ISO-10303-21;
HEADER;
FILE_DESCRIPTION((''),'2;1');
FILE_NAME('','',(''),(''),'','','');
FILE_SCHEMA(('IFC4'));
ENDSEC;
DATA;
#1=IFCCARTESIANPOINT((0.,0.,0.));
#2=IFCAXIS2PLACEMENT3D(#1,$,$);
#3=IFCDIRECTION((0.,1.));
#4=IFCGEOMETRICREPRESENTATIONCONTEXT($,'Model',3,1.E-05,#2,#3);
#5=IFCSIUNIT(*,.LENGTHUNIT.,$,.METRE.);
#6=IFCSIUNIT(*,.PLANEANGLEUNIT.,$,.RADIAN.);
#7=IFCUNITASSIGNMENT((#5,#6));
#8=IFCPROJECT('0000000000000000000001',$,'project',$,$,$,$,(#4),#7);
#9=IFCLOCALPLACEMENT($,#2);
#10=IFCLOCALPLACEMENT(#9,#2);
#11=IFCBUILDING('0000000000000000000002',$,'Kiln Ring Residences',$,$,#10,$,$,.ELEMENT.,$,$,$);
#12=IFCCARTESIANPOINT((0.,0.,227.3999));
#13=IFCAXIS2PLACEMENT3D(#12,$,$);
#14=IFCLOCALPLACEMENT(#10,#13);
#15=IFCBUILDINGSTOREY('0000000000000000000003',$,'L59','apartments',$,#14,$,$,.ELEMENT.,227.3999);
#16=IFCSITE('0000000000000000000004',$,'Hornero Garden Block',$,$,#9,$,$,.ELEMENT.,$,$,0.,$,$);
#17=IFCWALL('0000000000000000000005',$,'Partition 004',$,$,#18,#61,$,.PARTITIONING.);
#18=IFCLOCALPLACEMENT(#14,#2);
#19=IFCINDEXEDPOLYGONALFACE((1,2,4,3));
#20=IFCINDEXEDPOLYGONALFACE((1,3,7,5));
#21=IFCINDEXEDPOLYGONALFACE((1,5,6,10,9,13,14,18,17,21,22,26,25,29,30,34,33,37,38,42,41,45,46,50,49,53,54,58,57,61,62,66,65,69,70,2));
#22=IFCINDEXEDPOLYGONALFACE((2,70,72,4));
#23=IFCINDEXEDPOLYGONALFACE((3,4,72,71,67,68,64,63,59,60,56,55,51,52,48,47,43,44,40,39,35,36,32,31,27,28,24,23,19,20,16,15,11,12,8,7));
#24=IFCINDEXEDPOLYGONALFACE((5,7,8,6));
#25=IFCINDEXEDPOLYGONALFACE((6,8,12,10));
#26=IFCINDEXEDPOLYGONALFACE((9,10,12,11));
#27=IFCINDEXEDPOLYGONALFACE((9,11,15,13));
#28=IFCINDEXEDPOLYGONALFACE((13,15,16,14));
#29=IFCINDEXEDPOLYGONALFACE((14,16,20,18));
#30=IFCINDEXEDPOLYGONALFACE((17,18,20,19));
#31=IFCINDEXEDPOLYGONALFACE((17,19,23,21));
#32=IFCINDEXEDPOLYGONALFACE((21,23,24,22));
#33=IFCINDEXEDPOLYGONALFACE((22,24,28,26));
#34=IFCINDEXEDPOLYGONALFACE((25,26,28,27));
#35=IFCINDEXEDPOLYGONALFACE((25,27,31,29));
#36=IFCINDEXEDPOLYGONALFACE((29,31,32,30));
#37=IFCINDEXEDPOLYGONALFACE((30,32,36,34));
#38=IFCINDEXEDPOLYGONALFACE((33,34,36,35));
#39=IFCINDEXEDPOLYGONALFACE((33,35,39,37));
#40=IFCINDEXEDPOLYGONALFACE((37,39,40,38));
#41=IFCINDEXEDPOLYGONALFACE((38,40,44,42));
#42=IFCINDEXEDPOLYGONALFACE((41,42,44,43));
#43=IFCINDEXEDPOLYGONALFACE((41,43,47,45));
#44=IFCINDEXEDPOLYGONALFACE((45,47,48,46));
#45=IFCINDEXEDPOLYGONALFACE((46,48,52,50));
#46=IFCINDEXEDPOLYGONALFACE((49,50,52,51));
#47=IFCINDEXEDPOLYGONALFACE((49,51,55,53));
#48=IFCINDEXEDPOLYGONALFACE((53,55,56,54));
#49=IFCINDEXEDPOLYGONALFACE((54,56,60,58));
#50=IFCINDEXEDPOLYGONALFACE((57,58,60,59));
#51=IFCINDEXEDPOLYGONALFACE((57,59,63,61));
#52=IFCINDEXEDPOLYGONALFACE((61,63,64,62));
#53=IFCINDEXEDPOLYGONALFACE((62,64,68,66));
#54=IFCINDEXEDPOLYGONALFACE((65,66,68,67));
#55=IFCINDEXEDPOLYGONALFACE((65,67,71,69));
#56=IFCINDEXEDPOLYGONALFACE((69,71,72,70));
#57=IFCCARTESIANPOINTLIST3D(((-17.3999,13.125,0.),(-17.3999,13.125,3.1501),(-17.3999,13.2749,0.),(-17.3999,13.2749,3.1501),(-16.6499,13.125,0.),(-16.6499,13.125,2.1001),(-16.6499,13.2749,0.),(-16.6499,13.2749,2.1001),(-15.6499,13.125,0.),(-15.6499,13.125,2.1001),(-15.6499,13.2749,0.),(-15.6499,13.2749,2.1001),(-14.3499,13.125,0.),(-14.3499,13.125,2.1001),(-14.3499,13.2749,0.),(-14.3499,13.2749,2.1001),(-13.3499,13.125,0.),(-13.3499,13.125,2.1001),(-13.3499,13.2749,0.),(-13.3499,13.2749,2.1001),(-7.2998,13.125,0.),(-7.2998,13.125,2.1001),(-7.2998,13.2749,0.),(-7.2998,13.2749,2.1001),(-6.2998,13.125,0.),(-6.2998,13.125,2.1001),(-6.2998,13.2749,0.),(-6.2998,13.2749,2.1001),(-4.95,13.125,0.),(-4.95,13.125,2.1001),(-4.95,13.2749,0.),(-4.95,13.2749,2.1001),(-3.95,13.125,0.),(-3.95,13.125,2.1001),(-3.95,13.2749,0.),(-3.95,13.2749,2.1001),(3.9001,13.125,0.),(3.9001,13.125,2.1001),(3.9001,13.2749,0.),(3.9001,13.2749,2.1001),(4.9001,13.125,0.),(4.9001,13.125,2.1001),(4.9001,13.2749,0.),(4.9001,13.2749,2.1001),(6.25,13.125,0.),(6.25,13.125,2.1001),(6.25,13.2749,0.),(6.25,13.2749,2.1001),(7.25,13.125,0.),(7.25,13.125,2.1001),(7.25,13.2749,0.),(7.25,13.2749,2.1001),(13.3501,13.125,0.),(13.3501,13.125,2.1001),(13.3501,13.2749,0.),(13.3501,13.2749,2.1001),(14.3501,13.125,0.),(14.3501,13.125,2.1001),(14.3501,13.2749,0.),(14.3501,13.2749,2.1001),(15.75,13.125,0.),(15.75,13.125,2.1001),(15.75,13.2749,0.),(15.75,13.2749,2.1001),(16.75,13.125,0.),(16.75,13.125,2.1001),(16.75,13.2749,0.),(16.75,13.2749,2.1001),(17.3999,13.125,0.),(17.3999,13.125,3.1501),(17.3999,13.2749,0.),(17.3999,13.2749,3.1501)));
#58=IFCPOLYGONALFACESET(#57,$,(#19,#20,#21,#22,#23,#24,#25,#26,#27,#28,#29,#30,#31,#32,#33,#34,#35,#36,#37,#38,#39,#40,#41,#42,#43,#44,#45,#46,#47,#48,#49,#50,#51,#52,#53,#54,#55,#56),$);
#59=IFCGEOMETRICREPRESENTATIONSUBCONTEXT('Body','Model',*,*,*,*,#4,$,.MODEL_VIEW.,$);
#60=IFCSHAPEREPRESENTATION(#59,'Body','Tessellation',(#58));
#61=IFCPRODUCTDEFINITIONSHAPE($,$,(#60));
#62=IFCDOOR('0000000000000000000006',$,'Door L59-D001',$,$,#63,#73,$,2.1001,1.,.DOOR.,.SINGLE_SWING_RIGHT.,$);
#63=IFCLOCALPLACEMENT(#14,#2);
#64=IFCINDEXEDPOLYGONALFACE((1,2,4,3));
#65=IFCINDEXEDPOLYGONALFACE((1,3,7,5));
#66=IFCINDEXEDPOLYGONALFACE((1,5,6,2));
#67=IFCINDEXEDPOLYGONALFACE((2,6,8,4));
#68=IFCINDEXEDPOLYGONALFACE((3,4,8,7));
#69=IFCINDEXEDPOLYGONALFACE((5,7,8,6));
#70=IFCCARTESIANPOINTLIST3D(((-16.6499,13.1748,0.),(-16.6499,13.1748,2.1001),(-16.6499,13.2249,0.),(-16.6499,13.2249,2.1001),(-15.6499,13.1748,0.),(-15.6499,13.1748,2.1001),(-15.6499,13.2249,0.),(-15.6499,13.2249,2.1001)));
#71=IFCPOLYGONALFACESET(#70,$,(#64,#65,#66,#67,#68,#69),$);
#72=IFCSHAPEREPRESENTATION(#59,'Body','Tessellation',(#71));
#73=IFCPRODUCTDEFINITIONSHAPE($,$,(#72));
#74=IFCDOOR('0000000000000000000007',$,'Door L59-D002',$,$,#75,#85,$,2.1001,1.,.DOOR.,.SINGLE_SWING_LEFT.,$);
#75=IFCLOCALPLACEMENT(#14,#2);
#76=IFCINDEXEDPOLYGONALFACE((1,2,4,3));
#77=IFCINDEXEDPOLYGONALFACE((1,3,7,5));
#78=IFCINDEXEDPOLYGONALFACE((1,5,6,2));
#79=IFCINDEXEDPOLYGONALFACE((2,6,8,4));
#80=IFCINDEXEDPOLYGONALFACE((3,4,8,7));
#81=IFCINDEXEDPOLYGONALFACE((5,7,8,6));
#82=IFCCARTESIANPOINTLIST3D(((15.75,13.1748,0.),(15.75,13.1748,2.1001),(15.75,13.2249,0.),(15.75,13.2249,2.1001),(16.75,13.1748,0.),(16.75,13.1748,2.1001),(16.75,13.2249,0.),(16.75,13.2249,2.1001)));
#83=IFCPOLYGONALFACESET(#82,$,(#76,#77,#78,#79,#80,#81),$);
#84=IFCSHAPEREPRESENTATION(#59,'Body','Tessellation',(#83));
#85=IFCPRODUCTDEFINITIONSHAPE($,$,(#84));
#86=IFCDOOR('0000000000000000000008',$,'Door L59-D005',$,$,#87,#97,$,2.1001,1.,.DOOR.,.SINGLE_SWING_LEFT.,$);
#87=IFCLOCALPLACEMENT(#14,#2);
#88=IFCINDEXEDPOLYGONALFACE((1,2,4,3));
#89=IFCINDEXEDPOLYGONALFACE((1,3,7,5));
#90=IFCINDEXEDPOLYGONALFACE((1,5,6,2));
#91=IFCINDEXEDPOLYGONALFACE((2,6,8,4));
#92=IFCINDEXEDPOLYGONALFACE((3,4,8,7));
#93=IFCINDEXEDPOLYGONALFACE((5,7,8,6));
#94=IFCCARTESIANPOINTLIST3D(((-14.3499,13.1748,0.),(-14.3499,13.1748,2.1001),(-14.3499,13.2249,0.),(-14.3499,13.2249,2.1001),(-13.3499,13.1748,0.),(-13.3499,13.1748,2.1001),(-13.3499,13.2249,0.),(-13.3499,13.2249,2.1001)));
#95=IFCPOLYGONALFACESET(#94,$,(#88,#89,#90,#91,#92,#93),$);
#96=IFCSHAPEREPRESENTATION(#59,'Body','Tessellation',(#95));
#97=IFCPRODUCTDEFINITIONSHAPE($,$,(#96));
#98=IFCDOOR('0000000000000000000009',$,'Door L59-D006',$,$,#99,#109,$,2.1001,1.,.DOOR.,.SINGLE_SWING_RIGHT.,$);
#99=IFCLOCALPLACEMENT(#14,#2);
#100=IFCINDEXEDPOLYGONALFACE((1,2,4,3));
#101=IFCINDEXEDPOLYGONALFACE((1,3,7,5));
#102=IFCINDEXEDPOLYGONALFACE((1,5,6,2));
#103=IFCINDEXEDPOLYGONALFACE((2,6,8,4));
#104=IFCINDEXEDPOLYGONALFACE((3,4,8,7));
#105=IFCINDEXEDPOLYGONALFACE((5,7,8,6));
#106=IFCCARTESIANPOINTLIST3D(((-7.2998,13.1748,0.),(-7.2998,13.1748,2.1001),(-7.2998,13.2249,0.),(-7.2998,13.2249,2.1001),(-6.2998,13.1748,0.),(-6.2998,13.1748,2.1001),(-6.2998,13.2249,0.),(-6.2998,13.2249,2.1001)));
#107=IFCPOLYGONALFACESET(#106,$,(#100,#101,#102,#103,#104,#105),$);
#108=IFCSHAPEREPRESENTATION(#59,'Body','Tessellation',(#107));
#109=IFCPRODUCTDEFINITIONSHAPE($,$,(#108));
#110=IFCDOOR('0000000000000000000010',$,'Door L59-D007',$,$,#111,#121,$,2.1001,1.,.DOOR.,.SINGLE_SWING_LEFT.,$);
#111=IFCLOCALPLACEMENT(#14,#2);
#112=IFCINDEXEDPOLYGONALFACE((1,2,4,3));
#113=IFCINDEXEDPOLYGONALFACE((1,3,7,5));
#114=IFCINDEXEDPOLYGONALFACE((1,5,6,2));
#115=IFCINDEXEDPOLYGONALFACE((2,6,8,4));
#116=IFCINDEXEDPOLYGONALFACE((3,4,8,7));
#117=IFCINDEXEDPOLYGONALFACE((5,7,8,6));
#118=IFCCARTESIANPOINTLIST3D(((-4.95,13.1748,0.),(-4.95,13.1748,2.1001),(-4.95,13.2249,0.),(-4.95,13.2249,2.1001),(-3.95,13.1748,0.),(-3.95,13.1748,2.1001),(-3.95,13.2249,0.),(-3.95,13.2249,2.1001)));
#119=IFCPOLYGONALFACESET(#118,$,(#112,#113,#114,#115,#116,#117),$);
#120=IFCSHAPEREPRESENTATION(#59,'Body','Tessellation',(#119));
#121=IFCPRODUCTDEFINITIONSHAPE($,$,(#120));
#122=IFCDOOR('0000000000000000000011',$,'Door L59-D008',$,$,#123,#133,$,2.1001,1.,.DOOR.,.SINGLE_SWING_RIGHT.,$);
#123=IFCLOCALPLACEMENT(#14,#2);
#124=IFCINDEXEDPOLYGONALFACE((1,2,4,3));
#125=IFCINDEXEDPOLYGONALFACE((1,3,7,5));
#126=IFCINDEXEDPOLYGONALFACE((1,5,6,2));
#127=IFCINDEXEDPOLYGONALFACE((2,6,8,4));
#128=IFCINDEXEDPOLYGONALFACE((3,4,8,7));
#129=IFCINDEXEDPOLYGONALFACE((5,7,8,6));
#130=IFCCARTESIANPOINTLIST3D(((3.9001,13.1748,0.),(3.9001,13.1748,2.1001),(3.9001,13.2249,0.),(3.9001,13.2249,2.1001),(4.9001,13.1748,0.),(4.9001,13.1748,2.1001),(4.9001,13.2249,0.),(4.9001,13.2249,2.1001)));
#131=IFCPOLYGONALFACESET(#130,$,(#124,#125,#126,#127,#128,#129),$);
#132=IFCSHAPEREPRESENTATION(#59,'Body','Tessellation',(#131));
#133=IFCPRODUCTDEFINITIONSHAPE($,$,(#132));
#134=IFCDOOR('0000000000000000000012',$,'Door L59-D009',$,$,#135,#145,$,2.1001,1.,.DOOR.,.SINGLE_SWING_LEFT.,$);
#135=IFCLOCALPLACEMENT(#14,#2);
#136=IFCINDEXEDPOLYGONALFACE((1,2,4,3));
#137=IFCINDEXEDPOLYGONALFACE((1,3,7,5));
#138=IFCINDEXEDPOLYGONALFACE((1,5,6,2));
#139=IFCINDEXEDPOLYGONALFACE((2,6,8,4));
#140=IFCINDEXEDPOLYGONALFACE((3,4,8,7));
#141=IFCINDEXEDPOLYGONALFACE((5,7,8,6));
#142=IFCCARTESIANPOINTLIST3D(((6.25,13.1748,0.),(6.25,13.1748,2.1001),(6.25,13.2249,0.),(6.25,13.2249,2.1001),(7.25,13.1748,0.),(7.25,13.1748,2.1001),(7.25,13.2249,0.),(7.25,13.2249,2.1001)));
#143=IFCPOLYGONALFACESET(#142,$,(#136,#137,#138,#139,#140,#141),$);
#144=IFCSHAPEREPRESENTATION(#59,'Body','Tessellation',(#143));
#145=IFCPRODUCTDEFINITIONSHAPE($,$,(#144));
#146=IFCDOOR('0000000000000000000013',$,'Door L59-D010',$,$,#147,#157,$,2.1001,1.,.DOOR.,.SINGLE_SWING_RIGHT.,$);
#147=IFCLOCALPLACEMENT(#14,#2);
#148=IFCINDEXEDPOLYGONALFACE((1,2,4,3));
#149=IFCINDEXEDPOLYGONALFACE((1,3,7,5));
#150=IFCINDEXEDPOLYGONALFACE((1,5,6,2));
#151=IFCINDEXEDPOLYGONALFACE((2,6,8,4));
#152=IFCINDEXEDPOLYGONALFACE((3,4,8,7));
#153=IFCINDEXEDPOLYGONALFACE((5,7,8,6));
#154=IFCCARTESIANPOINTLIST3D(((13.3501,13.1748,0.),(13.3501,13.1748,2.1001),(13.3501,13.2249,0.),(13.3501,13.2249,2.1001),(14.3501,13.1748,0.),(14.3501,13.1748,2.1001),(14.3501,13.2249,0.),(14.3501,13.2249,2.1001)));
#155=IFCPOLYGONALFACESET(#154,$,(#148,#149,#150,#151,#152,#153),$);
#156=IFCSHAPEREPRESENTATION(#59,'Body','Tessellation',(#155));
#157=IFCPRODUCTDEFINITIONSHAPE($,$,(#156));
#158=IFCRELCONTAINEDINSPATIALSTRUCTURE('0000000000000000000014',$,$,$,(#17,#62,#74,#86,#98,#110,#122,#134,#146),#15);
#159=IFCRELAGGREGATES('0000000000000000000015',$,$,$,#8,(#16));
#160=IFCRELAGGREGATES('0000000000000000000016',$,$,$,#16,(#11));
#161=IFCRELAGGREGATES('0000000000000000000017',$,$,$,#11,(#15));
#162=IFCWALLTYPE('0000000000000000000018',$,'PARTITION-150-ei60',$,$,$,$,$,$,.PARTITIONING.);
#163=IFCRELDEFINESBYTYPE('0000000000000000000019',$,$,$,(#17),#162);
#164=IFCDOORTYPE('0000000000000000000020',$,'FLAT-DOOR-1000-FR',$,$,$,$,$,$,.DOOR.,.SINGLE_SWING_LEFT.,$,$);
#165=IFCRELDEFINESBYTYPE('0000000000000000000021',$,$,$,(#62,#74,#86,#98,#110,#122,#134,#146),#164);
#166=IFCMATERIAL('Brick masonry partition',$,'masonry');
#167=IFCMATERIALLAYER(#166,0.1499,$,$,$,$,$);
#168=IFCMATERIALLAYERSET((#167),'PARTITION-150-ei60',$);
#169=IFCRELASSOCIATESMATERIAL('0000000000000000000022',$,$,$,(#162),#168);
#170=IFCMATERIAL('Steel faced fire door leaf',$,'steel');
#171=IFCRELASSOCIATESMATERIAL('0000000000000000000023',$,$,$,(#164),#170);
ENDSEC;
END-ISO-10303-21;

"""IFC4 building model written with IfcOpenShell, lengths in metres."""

from ifc_helpers import new_model, si_unit, direction, frame, frame_2d, origin, place, context, subcontext, project, spatial, rectangle, extrude, material, layer, layer_set, type_object, element, fill, save


model = new_model("IFC4")

# Units and contexts
model_context = context("Model", 3, precision=1e-05, world=origin(), true_north=direction((0.0, 1.0)))
body_context = subcontext(model_context, "Body", "Model", "MODEL_VIEW")
ifc_project = project(units=[si_unit("LENGTHUNIT", "METRE"), si_unit("PLANEANGLEUNIT", "RADIAN")], contexts=[model_context])

# Site, building, storey
site_placement = place(None, origin())
site = spatial("IfcSite", under=ifc_project, at=site_placement, Name="Hornero Garden Block", CompositionType="ELEMENT", RefElevation=0.0)
building_placement = place(site_placement, origin())
building = spatial("IfcBuilding", under=site, at=building_placement, Name="Kiln Ring Residences", CompositionType="ELEMENT")
storey_placement = place(building_placement, frame((0.0, 0.0, 227.3999)))
storey = spatial("IfcBuildingStorey", under=building, at=storey_placement, Name="L59", Description="apartments", CompositionType="ELEMENT", Elevation=227.3999)

# Wall, openings, doors
ifc_material_1 = material(Name="Brick masonry partition", Category="masonry")
ifc_layer_1 = layer(ifc_material_1, 0.1499)
ifc_layer_set_1 = layer_set([ifc_layer_1], Name="PARTITION-150-ei60")
wall_type_1 = type_object("IfcWallType", Name="PARTITION-150-ei60", PredefinedType="PARTITIONING", material=ifc_layer_set_1)
wall_1_placement = place(storey_placement, frame((-17.3999, 13.2, 0.0), z_axis=(0.0, 0.0, 1.0), x_axis=(1.0, 0.0, 0.0)))
wall_1 = element("IfcWall", 1, at=wall_1_placement, inside=storey, type_object=wall_type_1, Name="Partition 004", PredefinedType="PARTITIONING", context=body_context, shape_type="SweptSolid", body=[
    extrude(rectangle(XDim=34.7998, YDim=0.1499, at=frame_2d((17.3999, 0.0))), origin(), (0.0, 0.0, 1.0), 3.1501),
])
opening_1_placement = place(wall_1_placement, frame((0.75, 0.0, 0.0)))
opening_1 = element("IfcOpeningElement", 2, at=opening_1_placement, cuts=wall_1, PredefinedType="OPENING", context=body_context, shape_type="SweptSolid", body=[
    extrude(rectangle(XDim=1.0, YDim=2.1001, at=frame_2d((0.5, 1.05))), frame((0.0, 0.085, 0.0), z_axis=(0.0, -1.0, 0.0), x_axis=(1.0, 0.0, 0.0)), (0.0, 0.0, 1.0), 0.1699),
])
opening_2_placement = place(wall_1_placement, frame((33.1499, 0.0, 0.0)))
opening_2 = element("IfcOpeningElement", 3, at=opening_2_placement, cuts=wall_1, PredefinedType="OPENING", context=body_context, shape_type="SweptSolid", body=[
    extrude(rectangle(XDim=1.0, YDim=2.1001, at=frame_2d((0.5, 1.05))), frame((0.0, 0.085, 0.0), z_axis=(0.0, -1.0, 0.0), x_axis=(1.0, 0.0, 0.0)), (0.0, 0.0, 1.0), 0.1699),
])
opening_3_placement = place(wall_1_placement, frame((3.05, 0.0, 0.0)))
opening_3 = element("IfcOpeningElement", 4, at=opening_3_placement, cuts=wall_1, PredefinedType="OPENING", context=body_context, shape_type="SweptSolid", body=[
    extrude(rectangle(XDim=1.0, YDim=2.1001, at=frame_2d((0.5, 1.05))), frame((0.0, 0.085, 0.0), z_axis=(0.0, -1.0, 0.0), x_axis=(1.0, 0.0, 0.0)), (0.0, 0.0, 1.0), 0.1699),
])
opening_4_placement = place(wall_1_placement, frame((10.1001, 0.0, 0.0)))
opening_4 = element("IfcOpeningElement", 5, at=opening_4_placement, cuts=wall_1, PredefinedType="OPENING", context=body_context, shape_type="SweptSolid", body=[
    extrude(rectangle(XDim=1.0, YDim=2.1001, at=frame_2d((0.5, 1.05))), frame((0.0, 0.085, 0.0), z_axis=(0.0, -1.0, 0.0), x_axis=(1.0, 0.0, 0.0)), (0.0, 0.0, 1.0), 0.1699),
])
opening_5_placement = place(wall_1_placement, frame((12.45, 0.0, 0.0)))
opening_5 = element("IfcOpeningElement", 6, at=opening_5_placement, cuts=wall_1, PredefinedType="OPENING", context=body_context, shape_type="SweptSolid", body=[
    extrude(rectangle(XDim=1.0, YDim=2.1001, at=frame_2d((0.5, 1.05))), frame((0.0, 0.085, 0.0), z_axis=(0.0, -1.0, 0.0), x_axis=(1.0, 0.0, 0.0)), (0.0, 0.0, 1.0), 0.1699),
])
opening_6_placement = place(wall_1_placement, frame((21.3, 0.0, 0.0)))
opening_6 = element("IfcOpeningElement", 7, at=opening_6_placement, cuts=wall_1, PredefinedType="OPENING", context=body_context, shape_type="SweptSolid", body=[
    extrude(rectangle(XDim=1.0, YDim=2.1001, at=frame_2d((0.5, 1.05))), frame((0.0, 0.085, 0.0), z_axis=(0.0, -1.0, 0.0), x_axis=(1.0, 0.0, 0.0)), (0.0, 0.0, 1.0), 0.1699),
])
opening_7_placement = place(wall_1_placement, frame((23.6499, 0.0, 0.0)))
opening_7 = element("IfcOpeningElement", 8, at=opening_7_placement, cuts=wall_1, PredefinedType="OPENING", context=body_context, shape_type="SweptSolid", body=[
    extrude(rectangle(XDim=1.0, YDim=2.1001, at=frame_2d((0.5, 1.05))), frame((0.0, 0.085, 0.0), z_axis=(0.0, -1.0, 0.0), x_axis=(1.0, 0.0, 0.0)), (0.0, 0.0, 1.0), 0.1699),
])
opening_8_placement = place(wall_1_placement, frame((30.75, 0.0, 0.0)))
opening_8 = element("IfcOpeningElement", 9, at=opening_8_placement, cuts=wall_1, PredefinedType="OPENING", context=body_context, shape_type="SweptSolid", body=[
    extrude(rectangle(XDim=1.0, YDim=2.1001, at=frame_2d((0.5, 1.05))), frame((0.0, 0.085, 0.0), z_axis=(0.0, -1.0, 0.0), x_axis=(1.0, 0.0, 0.0)), (0.0, 0.0, 1.0), 0.1699),
])
ifc_material_2 = material(Name="Steel faced fire door leaf", Category="steel")
door_type = type_object("IfcDoorType", Name="FLAT-DOOR-1000-FR", OperationType="SINGLE_SWING_LEFT", PredefinedType="DOOR", material=ifc_material_2)
door_1_placement = place(opening_1_placement, origin())
door_1 = element("IfcDoor", 10, at=door_1_placement, inside=storey, type_object=door_type, Name="Door L59-D001", OperationType="SINGLE_SWING_RIGHT", OverallHeight=2.1001, OverallWidth=1.0, PredefinedType="DOOR", context=body_context, shape_type="SweptSolid", body=[
    extrude(rectangle(XDim=1.0, YDim=2.1001, at=frame_2d((0.5, 1.05))), frame((0.0, 0.0249, 0.0), z_axis=(0.0, -1.0, 0.0), x_axis=(1.0, 0.0, 0.0)), (0.0, 0.0, 1.0), 0.05),
])
fill(opening_1, door_1)
door_2_placement = place(opening_2_placement, origin())
door_2 = element("IfcDoor", 11, at=door_2_placement, inside=storey, type_object=door_type, Name="Door L59-D002", OperationType="SINGLE_SWING_LEFT", OverallHeight=2.1001, OverallWidth=1.0, PredefinedType="DOOR", context=body_context, shape_type="SweptSolid", body=[
    extrude(rectangle(XDim=1.0, YDim=2.1001, at=frame_2d((0.5, 1.05))), frame((0.0, 0.0249, 0.0), z_axis=(0.0, -1.0, 0.0), x_axis=(1.0, 0.0, 0.0)), (0.0, 0.0, 1.0), 0.05),
])
fill(opening_2, door_2)
door_3_placement = place(opening_3_placement, origin())
door_3 = element("IfcDoor", 12, at=door_3_placement, inside=storey, type_object=door_type, Name="Door L59-D005", OperationType="SINGLE_SWING_LEFT", OverallHeight=2.1001, OverallWidth=1.0, PredefinedType="DOOR", context=body_context, shape_type="SweptSolid", body=[
    extrude(rectangle(XDim=1.0, YDim=2.1001, at=frame_2d((0.5, 1.05))), frame((0.0, 0.0249, 0.0), z_axis=(0.0, -1.0, 0.0), x_axis=(1.0, 0.0, 0.0)), (0.0, 0.0, 1.0), 0.05),
])
fill(opening_3, door_3)
door_4_placement = place(opening_4_placement, origin())
door_4 = element("IfcDoor", 13, at=door_4_placement, inside=storey, type_object=door_type, Name="Door L59-D006", OperationType="SINGLE_SWING_RIGHT", OverallHeight=2.1001, OverallWidth=1.0, PredefinedType="DOOR", context=body_context, shape_type="SweptSolid", body=[
    extrude(rectangle(XDim=1.0, YDim=2.1001, at=frame_2d((0.5, 1.05))), frame((0.0, 0.0249, 0.0), z_axis=(0.0, -1.0, 0.0), x_axis=(1.0, 0.0, 0.0)), (0.0, 0.0, 1.0), 0.05),
])
fill(opening_4, door_4)
door_5_placement = place(opening_5_placement, origin())
door_5 = element("IfcDoor", 14, at=door_5_placement, inside=storey, type_object=door_type, Name="Door L59-D007", OperationType="SINGLE_SWING_LEFT", OverallHeight=2.1001, OverallWidth=1.0, PredefinedType="DOOR", context=body_context, shape_type="SweptSolid", body=[
    extrude(rectangle(XDim=1.0, YDim=2.1001, at=frame_2d((0.5, 1.05))), frame((0.0, 0.0249, 0.0), z_axis=(0.0, -1.0, 0.0), x_axis=(1.0, 0.0, 0.0)), (0.0, 0.0, 1.0), 0.05),
])
fill(opening_5, door_5)
door_6_placement = place(opening_6_placement, origin())
door_6 = element("IfcDoor", 15, at=door_6_placement, inside=storey, type_object=door_type, Name="Door L59-D008", OperationType="SINGLE_SWING_RIGHT", OverallHeight=2.1001, OverallWidth=1.0, PredefinedType="DOOR", context=body_context, shape_type="SweptSolid", body=[
    extrude(rectangle(XDim=1.0, YDim=2.1001, at=frame_2d((0.5, 1.05))), frame((0.0, 0.0249, 0.0), z_axis=(0.0, -1.0, 0.0), x_axis=(1.0, 0.0, 0.0)), (0.0, 0.0, 1.0), 0.05),
])
fill(opening_6, door_6)
door_7_placement = place(opening_7_placement, origin())
door_7 = element("IfcDoor", 16, at=door_7_placement, inside=storey, type_object=door_type, Name="Door L59-D009", OperationType="SINGLE_SWING_LEFT", OverallHeight=2.1001, OverallWidth=1.0, PredefinedType="DOOR", context=body_context, shape_type="SweptSolid", body=[
    extrude(rectangle(XDim=1.0, YDim=2.1001, at=frame_2d((0.5, 1.05))), frame((0.0, 0.0249, 0.0), z_axis=(0.0, -1.0, 0.0), x_axis=(1.0, 0.0, 0.0)), (0.0, 0.0, 1.0), 0.05),
])
fill(opening_7, door_7)
door_8_placement = place(opening_8_placement, origin())
door_8 = element("IfcDoor", 17, at=door_8_placement, inside=storey, type_object=door_type, Name="Door L59-D010", OperationType="SINGLE_SWING_RIGHT", OverallHeight=2.1001, OverallWidth=1.0, PredefinedType="DOOR", context=body_context, shape_type="SweptSolid", body=[
    extrude(rectangle(XDim=1.0, YDim=2.1001, at=frame_2d((0.5, 1.05))), frame((0.0, 0.0249, 0.0), z_axis=(0.0, -1.0, 0.0), x_axis=(1.0, 0.0, 0.0)), (0.0, 0.0, 1.0), 0.05),
])
fill(opening_8, door_8)

save(model, "model.ifc")
